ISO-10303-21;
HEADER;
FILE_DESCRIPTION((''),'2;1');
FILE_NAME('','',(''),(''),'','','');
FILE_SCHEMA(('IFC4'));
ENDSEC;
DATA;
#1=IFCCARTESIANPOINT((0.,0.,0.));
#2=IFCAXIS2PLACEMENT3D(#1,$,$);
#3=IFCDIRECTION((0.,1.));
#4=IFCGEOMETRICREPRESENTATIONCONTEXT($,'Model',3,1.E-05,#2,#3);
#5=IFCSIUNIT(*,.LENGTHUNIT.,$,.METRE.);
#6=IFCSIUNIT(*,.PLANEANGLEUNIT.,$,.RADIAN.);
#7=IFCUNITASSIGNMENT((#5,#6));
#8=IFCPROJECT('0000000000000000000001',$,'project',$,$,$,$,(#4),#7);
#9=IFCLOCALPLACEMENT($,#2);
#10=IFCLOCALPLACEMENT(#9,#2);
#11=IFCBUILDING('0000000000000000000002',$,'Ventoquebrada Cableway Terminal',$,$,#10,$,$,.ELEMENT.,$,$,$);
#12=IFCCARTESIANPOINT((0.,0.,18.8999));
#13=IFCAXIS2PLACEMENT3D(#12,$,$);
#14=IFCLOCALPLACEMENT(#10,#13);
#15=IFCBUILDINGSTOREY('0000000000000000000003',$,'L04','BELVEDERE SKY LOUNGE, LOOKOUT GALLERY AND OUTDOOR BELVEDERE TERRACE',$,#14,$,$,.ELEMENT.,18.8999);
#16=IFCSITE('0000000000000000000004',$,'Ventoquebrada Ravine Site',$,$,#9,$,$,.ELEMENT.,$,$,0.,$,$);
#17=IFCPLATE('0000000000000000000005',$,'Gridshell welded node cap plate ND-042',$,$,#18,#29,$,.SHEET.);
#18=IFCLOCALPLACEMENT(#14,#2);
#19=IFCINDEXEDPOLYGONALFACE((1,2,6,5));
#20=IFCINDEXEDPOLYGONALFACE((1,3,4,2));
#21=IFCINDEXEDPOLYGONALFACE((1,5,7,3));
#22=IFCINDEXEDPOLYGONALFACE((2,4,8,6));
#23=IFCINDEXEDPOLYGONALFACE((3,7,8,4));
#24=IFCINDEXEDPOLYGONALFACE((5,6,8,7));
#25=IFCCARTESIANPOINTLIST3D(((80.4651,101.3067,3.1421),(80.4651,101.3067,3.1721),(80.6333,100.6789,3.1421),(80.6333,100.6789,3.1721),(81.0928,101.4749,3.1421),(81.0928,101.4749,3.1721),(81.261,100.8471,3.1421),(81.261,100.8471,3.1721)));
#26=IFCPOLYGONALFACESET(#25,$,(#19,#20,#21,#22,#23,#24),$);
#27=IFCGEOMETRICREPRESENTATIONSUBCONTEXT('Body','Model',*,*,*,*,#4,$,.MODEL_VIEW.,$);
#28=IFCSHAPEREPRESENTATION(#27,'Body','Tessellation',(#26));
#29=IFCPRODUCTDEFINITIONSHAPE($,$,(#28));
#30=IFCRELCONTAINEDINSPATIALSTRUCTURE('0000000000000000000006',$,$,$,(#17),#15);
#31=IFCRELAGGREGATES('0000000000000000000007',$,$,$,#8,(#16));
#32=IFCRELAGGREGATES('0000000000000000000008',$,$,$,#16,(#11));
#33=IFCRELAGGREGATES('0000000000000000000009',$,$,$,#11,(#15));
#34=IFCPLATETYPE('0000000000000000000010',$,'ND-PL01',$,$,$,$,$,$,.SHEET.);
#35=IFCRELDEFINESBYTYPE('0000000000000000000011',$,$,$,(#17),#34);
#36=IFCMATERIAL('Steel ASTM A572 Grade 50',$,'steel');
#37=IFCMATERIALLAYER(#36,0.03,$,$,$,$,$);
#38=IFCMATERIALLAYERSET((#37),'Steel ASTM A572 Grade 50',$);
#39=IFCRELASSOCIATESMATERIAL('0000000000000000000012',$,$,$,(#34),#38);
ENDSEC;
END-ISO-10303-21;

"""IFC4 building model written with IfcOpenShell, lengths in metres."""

from ifc_helpers import new_model, si_unit, direction, frame, origin, origin_2d, place, context, subcontext, project, spatial, rectangle, extrude, material, layer, layer_set, type_object, element, save


model = new_model("IFC4")

# Units and contexts
model_context = context("Model", 3, precision=1e-05, world=origin(), true_north=direction((0.0, 1.0)))
body_context = subcontext(model_context, "Body", "Model", "MODEL_VIEW")
ifc_project = project(units=[si_unit("LENGTHUNIT", "METRE"), si_unit("PLANEANGLEUNIT", "RADIAN")], contexts=[model_context])

# Site, building, storey
site_placement = place(None, origin())
site = spatial("IfcSite", under=ifc_project, at=site_placement, Name="Ventoquebrada Ravine Site", CompositionType="ELEMENT", RefElevation=0.0)
building_placement = place(site_placement, origin())
building = spatial("IfcBuilding", under=site, at=building_placement, Name="Ventoquebrada Cableway Terminal", CompositionType="ELEMENT")
storey_placement = place(building_placement, frame((0.0, 0.0, 18.8999)))
storey = spatial("IfcBuildingStorey", under=building, at=storey_placement, Name="L04", Description="BELVEDERE SKY LOUNGE, LOOKOUT GALLERY AND OUTDOOR BELVEDERE TERRACE", CompositionType="ELEMENT", Elevation=18.8999)

# Plate
ifc_material_1 = material(Name="Steel ASTM A572 Grade 50", Category="steel")
ifc_layer_1 = layer(ifc_material_1, 0.03)
ifc_layer_set_1 = layer_set([ifc_layer_1], Name="Steel ASTM A572 Grade 50")
plate_type_1 = type_object("IfcPlateType", Name="ND-PL01", PredefinedType="SHEET", material=ifc_layer_set_1)
plate_1_placement = place(storey_placement, frame((80.863, 101.0769, 3.1421), z_axis=(0.0, 0.0, 1.0), x_axis=(0.965926, 0.258819, 0.0)))
element("IfcPlate", 1, at=plate_1_placement, inside=storey, type_object=plate_type_1, Name="Gridshell welded node cap plate ND-042", PredefinedType="SHEET", context=body_context, shape_type="SweptSolid", body=[
    extrude(rectangle(XDim=0.6499, YDim=0.6499, at=origin_2d()), origin(), (0.0, 0.0, 1.0), 0.03),
])

save(model, "model.ifc")
